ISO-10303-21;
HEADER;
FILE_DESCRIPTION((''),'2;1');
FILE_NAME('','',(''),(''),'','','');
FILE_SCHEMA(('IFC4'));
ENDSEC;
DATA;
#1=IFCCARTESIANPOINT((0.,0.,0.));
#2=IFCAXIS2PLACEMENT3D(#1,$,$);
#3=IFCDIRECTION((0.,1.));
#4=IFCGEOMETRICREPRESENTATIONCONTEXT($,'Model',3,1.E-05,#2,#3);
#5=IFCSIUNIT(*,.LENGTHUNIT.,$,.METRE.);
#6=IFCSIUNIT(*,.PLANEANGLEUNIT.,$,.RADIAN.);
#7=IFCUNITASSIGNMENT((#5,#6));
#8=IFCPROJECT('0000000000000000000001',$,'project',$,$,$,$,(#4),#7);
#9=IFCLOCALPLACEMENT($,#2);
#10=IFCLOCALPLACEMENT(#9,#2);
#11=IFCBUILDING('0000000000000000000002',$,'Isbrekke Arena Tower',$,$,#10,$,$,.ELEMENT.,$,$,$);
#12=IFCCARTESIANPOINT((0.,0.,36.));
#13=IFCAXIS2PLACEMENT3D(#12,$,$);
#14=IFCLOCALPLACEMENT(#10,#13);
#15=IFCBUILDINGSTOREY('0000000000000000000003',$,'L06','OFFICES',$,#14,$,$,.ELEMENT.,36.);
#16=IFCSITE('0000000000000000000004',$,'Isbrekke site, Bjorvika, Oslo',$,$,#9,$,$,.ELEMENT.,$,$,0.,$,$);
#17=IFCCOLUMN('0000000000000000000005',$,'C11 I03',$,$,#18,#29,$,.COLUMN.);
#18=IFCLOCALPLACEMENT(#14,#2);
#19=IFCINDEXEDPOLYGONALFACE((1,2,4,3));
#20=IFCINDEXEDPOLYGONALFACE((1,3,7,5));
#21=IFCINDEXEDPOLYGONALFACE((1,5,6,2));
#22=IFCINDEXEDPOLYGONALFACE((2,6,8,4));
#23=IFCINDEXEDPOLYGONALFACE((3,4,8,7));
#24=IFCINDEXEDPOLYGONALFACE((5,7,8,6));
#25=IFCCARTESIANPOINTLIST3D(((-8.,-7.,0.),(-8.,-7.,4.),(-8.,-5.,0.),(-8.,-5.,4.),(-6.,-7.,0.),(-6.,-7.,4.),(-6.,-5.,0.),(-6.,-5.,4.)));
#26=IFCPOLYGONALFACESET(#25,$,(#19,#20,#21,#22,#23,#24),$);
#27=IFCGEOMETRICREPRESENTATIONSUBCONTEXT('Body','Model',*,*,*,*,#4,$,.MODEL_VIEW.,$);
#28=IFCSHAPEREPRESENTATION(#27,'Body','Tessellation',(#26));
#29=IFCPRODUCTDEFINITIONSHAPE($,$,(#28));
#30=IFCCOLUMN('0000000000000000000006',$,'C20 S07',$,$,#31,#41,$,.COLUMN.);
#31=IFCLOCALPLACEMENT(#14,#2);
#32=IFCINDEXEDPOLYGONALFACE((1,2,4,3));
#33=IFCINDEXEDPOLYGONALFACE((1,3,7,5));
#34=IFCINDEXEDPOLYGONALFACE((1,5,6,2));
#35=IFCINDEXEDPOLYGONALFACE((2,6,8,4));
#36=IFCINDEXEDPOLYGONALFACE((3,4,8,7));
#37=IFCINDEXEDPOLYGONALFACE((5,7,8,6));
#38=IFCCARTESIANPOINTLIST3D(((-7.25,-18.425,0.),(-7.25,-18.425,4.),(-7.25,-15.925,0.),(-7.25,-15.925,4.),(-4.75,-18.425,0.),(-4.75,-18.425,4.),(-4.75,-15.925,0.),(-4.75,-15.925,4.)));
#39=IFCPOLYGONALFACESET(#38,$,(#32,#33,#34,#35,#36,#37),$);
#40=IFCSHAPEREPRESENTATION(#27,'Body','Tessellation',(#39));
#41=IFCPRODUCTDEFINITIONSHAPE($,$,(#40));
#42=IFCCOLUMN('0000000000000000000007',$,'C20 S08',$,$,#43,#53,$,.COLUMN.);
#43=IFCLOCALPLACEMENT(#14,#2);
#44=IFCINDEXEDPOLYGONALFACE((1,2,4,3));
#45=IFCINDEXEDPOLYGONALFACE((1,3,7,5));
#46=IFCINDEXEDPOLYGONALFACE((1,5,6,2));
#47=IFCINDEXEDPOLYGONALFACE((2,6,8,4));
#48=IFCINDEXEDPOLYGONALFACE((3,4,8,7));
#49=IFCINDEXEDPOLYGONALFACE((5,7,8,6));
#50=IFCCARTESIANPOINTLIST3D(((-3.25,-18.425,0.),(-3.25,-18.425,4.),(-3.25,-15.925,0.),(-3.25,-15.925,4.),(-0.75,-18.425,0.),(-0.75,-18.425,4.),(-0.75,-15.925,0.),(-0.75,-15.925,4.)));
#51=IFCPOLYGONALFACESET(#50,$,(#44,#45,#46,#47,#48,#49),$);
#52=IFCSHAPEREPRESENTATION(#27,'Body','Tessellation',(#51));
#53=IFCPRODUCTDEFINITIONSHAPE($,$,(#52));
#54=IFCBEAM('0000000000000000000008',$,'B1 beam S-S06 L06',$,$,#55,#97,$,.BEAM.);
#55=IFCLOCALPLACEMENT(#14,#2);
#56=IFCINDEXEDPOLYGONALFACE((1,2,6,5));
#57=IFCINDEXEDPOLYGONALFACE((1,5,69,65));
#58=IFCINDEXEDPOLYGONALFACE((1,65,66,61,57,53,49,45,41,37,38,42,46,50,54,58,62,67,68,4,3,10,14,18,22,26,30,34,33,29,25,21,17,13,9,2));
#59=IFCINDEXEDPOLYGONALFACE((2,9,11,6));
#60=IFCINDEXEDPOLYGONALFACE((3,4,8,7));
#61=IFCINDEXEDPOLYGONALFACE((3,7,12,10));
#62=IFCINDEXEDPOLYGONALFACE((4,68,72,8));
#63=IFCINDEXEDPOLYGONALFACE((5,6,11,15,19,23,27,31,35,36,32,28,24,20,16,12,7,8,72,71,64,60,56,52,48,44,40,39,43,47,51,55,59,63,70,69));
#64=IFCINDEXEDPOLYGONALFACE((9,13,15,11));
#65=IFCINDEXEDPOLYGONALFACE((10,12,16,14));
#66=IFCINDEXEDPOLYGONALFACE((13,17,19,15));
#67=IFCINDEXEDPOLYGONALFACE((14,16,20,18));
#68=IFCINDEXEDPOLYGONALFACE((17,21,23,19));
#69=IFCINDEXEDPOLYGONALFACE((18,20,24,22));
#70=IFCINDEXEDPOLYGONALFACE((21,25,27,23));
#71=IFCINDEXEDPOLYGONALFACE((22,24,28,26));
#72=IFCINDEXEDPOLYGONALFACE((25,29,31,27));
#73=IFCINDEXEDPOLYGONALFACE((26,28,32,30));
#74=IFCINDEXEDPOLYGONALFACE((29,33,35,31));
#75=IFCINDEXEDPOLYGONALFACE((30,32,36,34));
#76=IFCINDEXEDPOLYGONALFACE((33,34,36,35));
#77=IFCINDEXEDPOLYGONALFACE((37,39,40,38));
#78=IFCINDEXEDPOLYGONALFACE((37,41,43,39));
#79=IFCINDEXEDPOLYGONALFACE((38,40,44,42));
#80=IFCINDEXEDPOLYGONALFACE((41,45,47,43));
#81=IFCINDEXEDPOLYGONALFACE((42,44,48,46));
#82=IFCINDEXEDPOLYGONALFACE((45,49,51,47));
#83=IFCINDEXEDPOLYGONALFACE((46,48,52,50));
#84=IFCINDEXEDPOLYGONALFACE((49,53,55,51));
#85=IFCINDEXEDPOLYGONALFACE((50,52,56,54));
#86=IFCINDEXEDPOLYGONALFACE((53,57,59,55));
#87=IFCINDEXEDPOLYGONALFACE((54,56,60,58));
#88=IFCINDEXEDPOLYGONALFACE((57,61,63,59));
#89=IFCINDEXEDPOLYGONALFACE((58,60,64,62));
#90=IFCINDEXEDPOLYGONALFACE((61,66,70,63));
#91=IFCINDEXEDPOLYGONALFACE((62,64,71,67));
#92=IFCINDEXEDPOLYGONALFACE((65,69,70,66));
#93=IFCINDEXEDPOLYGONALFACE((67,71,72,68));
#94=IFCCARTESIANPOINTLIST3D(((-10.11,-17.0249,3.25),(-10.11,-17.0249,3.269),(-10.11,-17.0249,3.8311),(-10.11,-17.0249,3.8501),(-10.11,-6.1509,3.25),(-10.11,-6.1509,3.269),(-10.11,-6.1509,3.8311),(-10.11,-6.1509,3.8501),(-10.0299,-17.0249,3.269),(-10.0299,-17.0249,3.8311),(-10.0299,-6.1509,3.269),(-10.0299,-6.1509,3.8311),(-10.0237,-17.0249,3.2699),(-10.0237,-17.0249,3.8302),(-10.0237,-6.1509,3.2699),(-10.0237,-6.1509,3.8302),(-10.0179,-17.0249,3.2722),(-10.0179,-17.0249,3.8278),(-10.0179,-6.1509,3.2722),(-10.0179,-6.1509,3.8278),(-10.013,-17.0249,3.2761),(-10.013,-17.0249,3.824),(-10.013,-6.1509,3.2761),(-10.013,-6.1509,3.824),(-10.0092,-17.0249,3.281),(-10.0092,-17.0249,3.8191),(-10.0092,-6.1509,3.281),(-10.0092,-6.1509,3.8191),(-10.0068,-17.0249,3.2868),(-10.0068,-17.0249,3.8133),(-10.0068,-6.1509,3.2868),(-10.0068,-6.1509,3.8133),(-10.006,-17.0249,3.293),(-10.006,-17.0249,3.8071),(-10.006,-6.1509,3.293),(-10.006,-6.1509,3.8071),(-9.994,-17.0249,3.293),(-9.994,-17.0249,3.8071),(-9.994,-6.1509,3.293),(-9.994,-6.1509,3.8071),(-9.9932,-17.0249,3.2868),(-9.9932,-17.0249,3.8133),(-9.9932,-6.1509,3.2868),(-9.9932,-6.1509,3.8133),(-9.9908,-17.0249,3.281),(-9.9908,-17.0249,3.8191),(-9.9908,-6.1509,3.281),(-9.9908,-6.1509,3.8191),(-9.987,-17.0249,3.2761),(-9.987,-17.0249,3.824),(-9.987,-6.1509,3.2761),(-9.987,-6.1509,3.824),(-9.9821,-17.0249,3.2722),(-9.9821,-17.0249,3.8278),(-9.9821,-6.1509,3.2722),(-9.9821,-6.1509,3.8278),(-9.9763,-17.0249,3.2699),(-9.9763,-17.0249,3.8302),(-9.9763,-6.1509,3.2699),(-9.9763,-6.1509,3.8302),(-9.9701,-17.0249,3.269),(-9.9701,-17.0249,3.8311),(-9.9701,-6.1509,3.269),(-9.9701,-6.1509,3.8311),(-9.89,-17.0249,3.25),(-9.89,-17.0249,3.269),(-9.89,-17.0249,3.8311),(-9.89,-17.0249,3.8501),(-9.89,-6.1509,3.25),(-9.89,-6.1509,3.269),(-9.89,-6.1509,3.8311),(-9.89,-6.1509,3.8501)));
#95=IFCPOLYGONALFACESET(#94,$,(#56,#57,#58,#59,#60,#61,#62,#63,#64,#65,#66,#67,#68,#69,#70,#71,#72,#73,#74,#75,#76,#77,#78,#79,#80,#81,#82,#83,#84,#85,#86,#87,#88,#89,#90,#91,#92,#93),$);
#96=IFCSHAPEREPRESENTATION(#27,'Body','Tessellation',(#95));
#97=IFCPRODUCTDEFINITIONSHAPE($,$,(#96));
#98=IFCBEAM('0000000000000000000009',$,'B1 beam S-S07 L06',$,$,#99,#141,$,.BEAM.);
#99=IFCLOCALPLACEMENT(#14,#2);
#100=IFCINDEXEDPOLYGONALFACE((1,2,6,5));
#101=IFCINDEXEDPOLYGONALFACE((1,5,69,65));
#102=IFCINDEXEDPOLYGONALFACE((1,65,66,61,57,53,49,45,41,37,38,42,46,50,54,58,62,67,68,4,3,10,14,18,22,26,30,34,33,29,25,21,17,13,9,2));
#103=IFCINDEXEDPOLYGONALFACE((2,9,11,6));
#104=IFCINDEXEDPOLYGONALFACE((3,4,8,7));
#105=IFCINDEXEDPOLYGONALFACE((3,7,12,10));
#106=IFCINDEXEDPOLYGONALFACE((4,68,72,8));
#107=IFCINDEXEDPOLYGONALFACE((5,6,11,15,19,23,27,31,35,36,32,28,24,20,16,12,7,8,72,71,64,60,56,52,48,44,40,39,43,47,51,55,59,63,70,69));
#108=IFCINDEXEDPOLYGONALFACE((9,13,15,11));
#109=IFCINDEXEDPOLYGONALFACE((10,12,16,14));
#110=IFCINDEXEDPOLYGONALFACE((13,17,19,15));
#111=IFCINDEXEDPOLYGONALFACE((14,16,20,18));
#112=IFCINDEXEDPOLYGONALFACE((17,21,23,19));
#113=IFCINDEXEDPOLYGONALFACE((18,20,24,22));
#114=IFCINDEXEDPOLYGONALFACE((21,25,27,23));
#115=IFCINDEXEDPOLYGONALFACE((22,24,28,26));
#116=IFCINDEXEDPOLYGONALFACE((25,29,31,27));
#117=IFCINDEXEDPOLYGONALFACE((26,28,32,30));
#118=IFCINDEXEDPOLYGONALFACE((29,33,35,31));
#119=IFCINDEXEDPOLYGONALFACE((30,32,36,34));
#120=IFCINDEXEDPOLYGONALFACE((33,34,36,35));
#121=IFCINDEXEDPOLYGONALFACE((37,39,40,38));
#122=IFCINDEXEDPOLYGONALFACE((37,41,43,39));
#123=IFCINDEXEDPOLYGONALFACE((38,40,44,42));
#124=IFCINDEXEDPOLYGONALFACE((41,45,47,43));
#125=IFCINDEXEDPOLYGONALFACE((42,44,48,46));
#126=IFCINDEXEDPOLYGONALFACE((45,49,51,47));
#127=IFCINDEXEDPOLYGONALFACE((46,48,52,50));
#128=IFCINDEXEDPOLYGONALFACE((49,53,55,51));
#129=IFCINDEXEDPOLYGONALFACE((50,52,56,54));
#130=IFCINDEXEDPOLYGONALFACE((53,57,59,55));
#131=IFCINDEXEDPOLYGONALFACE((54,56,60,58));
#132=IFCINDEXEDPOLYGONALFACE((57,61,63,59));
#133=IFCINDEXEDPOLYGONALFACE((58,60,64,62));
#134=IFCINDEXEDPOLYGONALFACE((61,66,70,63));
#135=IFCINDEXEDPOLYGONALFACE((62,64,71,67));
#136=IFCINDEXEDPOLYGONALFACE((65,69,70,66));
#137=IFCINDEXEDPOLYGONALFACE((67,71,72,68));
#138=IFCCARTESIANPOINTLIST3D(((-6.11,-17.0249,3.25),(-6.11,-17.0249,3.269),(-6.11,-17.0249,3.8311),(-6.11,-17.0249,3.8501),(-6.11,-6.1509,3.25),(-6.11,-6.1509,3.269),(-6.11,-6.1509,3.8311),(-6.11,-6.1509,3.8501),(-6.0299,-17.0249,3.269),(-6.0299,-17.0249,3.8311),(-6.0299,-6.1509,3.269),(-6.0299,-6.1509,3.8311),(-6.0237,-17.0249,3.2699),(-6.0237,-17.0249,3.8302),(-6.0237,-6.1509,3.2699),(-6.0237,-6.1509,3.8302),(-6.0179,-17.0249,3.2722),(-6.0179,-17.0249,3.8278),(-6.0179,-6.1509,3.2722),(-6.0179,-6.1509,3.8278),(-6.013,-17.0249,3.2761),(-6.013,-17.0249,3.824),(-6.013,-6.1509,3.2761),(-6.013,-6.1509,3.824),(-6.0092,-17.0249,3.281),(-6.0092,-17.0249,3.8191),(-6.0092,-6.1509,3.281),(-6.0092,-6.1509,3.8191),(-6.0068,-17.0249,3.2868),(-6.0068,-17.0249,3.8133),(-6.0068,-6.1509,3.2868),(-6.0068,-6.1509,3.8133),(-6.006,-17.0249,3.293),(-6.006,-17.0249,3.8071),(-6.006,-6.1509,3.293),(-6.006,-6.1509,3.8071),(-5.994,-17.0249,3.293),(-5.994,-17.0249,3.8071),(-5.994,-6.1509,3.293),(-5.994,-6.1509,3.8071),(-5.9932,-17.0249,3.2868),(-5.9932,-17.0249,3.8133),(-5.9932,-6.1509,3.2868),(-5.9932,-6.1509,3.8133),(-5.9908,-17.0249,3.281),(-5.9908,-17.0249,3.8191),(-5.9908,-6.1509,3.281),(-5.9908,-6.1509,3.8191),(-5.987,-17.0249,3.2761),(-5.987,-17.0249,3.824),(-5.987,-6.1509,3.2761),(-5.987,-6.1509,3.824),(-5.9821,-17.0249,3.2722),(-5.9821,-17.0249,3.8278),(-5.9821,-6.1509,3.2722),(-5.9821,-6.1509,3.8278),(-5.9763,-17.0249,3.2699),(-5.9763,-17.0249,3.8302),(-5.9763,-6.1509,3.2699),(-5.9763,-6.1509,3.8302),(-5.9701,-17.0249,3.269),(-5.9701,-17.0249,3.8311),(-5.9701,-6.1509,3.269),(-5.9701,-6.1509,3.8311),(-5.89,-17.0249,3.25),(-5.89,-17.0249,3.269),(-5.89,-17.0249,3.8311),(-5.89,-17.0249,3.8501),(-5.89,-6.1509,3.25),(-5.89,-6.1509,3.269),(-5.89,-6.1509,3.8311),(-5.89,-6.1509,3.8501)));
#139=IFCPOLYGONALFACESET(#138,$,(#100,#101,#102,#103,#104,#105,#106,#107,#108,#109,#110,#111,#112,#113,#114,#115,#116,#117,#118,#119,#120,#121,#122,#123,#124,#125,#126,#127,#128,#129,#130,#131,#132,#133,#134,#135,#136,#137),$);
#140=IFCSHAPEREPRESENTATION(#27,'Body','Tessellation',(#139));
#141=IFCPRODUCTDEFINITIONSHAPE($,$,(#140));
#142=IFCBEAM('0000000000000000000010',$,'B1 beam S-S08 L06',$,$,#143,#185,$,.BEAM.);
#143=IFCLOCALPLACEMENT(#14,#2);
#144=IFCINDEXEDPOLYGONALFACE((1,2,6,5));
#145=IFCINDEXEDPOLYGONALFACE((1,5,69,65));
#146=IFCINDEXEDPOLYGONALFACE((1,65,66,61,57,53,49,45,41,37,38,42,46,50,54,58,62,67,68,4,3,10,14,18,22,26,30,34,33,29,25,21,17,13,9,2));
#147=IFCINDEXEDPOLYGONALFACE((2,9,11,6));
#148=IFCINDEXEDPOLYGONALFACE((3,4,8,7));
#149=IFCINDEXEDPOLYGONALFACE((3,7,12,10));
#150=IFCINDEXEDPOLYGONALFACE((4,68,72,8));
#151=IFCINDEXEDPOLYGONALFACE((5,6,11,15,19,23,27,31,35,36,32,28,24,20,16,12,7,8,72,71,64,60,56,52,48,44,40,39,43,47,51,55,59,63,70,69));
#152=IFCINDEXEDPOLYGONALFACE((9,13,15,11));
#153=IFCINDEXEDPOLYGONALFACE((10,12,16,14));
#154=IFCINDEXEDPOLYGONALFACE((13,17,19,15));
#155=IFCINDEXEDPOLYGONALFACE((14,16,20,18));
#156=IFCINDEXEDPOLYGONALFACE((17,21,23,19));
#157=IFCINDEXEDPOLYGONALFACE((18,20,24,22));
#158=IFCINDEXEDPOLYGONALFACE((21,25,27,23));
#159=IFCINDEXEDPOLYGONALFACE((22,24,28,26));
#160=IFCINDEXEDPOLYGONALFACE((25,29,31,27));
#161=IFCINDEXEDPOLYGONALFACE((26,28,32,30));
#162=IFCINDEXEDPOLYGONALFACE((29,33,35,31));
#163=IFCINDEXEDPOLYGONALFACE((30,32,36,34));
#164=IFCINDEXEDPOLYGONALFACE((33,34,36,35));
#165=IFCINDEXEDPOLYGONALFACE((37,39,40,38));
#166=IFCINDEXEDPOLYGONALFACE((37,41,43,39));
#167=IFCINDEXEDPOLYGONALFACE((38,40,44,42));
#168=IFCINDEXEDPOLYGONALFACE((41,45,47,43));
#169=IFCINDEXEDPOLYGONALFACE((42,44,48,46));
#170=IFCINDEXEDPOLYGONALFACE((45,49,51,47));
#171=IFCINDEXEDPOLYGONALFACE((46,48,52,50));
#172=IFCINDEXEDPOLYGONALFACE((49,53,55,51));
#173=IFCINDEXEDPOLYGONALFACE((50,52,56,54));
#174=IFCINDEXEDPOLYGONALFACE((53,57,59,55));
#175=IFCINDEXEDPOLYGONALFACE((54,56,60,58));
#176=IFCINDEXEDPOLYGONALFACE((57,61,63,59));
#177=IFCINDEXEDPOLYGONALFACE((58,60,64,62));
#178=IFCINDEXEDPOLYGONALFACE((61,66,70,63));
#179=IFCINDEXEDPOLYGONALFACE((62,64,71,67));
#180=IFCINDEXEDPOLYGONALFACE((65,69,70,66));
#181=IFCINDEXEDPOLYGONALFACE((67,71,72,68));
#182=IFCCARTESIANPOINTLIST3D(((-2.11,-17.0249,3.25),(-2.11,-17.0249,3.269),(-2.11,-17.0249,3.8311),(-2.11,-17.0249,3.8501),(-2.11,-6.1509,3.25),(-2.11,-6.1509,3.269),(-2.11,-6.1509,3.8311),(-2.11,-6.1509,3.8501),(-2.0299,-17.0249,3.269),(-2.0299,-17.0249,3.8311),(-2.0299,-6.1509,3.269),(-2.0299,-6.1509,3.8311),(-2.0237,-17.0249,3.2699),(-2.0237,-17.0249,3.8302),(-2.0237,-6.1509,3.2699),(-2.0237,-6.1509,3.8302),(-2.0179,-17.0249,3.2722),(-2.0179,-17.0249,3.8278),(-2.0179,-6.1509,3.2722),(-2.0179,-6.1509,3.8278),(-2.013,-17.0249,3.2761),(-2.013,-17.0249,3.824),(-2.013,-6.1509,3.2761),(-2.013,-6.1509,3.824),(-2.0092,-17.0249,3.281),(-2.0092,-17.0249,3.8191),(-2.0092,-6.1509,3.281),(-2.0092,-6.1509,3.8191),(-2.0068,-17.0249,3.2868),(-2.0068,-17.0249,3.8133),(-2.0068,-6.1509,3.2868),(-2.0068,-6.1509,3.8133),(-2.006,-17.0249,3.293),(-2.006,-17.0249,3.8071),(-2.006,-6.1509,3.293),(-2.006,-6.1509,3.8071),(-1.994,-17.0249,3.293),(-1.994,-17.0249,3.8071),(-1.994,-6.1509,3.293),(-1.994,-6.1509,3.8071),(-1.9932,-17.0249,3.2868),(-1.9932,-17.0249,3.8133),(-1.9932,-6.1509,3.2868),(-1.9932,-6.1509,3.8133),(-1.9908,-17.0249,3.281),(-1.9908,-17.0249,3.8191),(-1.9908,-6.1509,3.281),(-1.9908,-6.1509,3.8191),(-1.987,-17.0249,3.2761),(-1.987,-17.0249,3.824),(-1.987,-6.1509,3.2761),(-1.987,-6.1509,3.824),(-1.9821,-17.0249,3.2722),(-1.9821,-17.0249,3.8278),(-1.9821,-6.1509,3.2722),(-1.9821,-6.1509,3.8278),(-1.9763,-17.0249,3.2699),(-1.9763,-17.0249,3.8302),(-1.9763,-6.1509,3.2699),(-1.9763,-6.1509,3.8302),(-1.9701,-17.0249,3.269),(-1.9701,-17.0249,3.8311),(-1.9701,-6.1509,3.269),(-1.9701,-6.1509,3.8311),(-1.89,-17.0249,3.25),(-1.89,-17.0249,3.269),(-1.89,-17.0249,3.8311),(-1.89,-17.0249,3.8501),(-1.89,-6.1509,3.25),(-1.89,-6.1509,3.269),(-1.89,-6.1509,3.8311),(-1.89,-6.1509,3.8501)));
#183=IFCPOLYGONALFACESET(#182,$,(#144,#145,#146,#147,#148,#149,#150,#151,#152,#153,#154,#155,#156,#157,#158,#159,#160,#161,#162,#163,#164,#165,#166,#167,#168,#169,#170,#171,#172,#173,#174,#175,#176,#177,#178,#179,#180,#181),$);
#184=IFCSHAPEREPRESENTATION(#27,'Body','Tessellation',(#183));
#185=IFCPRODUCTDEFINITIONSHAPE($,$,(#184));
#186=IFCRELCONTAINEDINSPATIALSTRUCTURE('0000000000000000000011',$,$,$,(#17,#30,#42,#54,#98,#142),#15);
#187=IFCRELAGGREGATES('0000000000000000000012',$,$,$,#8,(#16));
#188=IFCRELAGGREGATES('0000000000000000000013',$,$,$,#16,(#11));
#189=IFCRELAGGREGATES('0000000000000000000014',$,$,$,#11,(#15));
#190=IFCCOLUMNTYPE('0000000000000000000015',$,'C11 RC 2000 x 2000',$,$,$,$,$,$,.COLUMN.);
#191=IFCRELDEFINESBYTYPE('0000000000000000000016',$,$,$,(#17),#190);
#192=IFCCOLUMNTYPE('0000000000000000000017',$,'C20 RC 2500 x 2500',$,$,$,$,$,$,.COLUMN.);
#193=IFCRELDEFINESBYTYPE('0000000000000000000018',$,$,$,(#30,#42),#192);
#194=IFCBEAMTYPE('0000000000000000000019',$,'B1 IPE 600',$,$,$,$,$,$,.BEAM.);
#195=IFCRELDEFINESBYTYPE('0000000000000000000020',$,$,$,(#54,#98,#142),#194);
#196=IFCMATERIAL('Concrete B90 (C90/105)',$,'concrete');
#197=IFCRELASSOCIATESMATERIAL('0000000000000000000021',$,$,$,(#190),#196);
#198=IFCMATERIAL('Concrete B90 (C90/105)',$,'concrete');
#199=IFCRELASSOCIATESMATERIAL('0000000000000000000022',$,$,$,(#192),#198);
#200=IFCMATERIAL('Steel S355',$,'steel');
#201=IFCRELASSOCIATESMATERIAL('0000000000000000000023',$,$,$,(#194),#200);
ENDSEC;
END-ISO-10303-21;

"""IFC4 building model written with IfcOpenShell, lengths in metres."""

from ifc_helpers import new_model, si_unit, direction, frame, origin, origin_2d, place, context, subcontext, project, spatial, rectangle, i_section, extrude, material, material_profile, profile_set, type_object, element, save


model = new_model("IFC4")

# Units and contexts
model_context = context("Model", 3, precision=1e-05, world=origin(), true_north=direction((0.0, 1.0)))
body_context = subcontext(model_context, "Body", "Model", "MODEL_VIEW")
ifc_project = project(units=[si_unit("LENGTHUNIT", "METRE"), si_unit("PLANEANGLEUNIT", "RADIAN")], contexts=[model_context])

# Site, building, storey
site_placement = place(None, origin())
site = spatial("IfcSite", under=ifc_project, at=site_placement, Name="Isbrekke site, Bjorvika, Oslo", CompositionType="ELEMENT", RefElevation=0.0)
building_placement = place(site_placement, origin())
building = spatial("IfcBuilding", under=site, at=building_placement, Name="Isbrekke Arena Tower", CompositionType="ELEMENT")
storey_placement = place(building_placement, frame((0.0, 0.0, 36.0)))
storey = spatial("IfcBuildingStorey", under=building, at=storey_placement, Name="L06", Description="OFFICES", CompositionType="ELEMENT", Elevation=36.0)

# Columns
ifc_material_1 = material(Name="Concrete B90 (C90/105)", Category="concrete")
ifc_material_profile_1 = material_profile(ifc_material_1, rectangle(XDim=2.0, YDim=2.0, at=origin_2d()), Name="RC 2000x2000")
ifc_profile_set_1 = profile_set([ifc_material_profile_1], Name="Concrete B90 (C90/105)")
column_type_1 = type_object("IfcColumnType", Name="C11 RC 2000 x 2000", PredefinedType="COLUMN", material=ifc_profile_set_1)
column_placement = place(storey_placement, frame((-7.0, -6.0, 0.0), z_axis=(0.0, 0.0, 1.0), x_axis=(1.0, 0.0, 0.0)))
element("IfcColumn", 1, at=column_placement, inside=storey, type_object=column_type_1, Name="C11 I03", PredefinedType="COLUMN", context=body_context, shape_type="SweptSolid", body=[
    extrude(rectangle(XDim=2.0, YDim=2.0, at=origin_2d()), origin(), (0.0, 0.0, 1.0), 4.0),
])
ifc_material_2 = material(Name="Concrete B90 (C90/105)", Category="concrete")
ifc_material_profile_2 = material_profile(ifc_material_2, rectangle(XDim=2.5, YDim=2.5, at=origin_2d()), Name="RC 2500x2500")
ifc_profile_set_2 = profile_set([ifc_material_profile_2], Name="Concrete B90 (C90/105)")
column_type_2 = type_object("IfcColumnType", Name="C20 RC 2500 x 2500", PredefinedType="COLUMN", material=ifc_profile_set_2)
for number, where, z_axis, x_axis, name in (
    (2, (-6.0, -17.175, 0.0), (0.0, 0.0, 1.0), (1.0, 0.0, 0.0), "C20 S07"),
    (3, (-2.0, -17.175, 0.0), (0.0, 0.0, 1.0), (1.0, 0.0, 0.0), "C20 S08"),
):
    element("IfcColumn", number, at=place(storey_placement, frame(where, z_axis=z_axis, x_axis=x_axis)), inside=storey, type_object=column_type_2, Name=name, PredefinedType="COLUMN", context=body_context, shape_type="SweptSolid", body=[
        extrude(rectangle(XDim=2.5, YDim=2.5, at=origin_2d()), origin(), (0.0, 0.0, 1.0), 4.0),
    ])

# Beams
ifc_material_3 = material(Name="Steel S355", Category="steel")
ifc_material_profile_3 = material_profile(ifc_material_3, i_section(OverallWidth=0.22, OverallDepth=0.6001, WebThickness=0.012, FlangeThickness=0.019, FilletRadius=0.0239, at=origin_2d()), Name="IPE 600")
ifc_profile_set_3 = profile_set([ifc_material_profile_3], Name="Steel S355")
beam_type_1 = type_object("IfcBeamType", Name="B1 IPE 600", PredefinedType="BEAM", material=ifc_profile_set_3)
for number, where, z_axis, x_axis, name in (
    (4, (-10.0, -17.0249, 3.55), (0.0, 1.0, 0.0), (-1.0, 0.0, 0.0), "B1 beam S-S06 L06"),
    (5, (-6.0, -17.0249, 3.55), (0.0, 1.0, 0.0), (-1.0, 0.0, 0.0), "B1 beam S-S07 L06"),
    (6, (-2.0, -17.0249, 3.55), (0.0, 1.0, 0.0), (-1.0, 0.0, 0.0), "B1 beam S-S08 L06"),
):
    element("IfcBeam", number, at=place(storey_placement, frame(where, z_axis=z_axis, x_axis=x_axis)), inside=storey, type_object=beam_type_1, Name=name, PredefinedType="BEAM", context=body_context, shape_type="SweptSolid", body=[
        extrude(i_section(OverallWidth=0.22, OverallDepth=0.6001, WebThickness=0.012, FlangeThickness=0.019, FilletRadius=0.0239, at=origin_2d()), origin(), (0.0, 0.0, 1.0), 10.874),
    ])

save(model, "model.ifc")
